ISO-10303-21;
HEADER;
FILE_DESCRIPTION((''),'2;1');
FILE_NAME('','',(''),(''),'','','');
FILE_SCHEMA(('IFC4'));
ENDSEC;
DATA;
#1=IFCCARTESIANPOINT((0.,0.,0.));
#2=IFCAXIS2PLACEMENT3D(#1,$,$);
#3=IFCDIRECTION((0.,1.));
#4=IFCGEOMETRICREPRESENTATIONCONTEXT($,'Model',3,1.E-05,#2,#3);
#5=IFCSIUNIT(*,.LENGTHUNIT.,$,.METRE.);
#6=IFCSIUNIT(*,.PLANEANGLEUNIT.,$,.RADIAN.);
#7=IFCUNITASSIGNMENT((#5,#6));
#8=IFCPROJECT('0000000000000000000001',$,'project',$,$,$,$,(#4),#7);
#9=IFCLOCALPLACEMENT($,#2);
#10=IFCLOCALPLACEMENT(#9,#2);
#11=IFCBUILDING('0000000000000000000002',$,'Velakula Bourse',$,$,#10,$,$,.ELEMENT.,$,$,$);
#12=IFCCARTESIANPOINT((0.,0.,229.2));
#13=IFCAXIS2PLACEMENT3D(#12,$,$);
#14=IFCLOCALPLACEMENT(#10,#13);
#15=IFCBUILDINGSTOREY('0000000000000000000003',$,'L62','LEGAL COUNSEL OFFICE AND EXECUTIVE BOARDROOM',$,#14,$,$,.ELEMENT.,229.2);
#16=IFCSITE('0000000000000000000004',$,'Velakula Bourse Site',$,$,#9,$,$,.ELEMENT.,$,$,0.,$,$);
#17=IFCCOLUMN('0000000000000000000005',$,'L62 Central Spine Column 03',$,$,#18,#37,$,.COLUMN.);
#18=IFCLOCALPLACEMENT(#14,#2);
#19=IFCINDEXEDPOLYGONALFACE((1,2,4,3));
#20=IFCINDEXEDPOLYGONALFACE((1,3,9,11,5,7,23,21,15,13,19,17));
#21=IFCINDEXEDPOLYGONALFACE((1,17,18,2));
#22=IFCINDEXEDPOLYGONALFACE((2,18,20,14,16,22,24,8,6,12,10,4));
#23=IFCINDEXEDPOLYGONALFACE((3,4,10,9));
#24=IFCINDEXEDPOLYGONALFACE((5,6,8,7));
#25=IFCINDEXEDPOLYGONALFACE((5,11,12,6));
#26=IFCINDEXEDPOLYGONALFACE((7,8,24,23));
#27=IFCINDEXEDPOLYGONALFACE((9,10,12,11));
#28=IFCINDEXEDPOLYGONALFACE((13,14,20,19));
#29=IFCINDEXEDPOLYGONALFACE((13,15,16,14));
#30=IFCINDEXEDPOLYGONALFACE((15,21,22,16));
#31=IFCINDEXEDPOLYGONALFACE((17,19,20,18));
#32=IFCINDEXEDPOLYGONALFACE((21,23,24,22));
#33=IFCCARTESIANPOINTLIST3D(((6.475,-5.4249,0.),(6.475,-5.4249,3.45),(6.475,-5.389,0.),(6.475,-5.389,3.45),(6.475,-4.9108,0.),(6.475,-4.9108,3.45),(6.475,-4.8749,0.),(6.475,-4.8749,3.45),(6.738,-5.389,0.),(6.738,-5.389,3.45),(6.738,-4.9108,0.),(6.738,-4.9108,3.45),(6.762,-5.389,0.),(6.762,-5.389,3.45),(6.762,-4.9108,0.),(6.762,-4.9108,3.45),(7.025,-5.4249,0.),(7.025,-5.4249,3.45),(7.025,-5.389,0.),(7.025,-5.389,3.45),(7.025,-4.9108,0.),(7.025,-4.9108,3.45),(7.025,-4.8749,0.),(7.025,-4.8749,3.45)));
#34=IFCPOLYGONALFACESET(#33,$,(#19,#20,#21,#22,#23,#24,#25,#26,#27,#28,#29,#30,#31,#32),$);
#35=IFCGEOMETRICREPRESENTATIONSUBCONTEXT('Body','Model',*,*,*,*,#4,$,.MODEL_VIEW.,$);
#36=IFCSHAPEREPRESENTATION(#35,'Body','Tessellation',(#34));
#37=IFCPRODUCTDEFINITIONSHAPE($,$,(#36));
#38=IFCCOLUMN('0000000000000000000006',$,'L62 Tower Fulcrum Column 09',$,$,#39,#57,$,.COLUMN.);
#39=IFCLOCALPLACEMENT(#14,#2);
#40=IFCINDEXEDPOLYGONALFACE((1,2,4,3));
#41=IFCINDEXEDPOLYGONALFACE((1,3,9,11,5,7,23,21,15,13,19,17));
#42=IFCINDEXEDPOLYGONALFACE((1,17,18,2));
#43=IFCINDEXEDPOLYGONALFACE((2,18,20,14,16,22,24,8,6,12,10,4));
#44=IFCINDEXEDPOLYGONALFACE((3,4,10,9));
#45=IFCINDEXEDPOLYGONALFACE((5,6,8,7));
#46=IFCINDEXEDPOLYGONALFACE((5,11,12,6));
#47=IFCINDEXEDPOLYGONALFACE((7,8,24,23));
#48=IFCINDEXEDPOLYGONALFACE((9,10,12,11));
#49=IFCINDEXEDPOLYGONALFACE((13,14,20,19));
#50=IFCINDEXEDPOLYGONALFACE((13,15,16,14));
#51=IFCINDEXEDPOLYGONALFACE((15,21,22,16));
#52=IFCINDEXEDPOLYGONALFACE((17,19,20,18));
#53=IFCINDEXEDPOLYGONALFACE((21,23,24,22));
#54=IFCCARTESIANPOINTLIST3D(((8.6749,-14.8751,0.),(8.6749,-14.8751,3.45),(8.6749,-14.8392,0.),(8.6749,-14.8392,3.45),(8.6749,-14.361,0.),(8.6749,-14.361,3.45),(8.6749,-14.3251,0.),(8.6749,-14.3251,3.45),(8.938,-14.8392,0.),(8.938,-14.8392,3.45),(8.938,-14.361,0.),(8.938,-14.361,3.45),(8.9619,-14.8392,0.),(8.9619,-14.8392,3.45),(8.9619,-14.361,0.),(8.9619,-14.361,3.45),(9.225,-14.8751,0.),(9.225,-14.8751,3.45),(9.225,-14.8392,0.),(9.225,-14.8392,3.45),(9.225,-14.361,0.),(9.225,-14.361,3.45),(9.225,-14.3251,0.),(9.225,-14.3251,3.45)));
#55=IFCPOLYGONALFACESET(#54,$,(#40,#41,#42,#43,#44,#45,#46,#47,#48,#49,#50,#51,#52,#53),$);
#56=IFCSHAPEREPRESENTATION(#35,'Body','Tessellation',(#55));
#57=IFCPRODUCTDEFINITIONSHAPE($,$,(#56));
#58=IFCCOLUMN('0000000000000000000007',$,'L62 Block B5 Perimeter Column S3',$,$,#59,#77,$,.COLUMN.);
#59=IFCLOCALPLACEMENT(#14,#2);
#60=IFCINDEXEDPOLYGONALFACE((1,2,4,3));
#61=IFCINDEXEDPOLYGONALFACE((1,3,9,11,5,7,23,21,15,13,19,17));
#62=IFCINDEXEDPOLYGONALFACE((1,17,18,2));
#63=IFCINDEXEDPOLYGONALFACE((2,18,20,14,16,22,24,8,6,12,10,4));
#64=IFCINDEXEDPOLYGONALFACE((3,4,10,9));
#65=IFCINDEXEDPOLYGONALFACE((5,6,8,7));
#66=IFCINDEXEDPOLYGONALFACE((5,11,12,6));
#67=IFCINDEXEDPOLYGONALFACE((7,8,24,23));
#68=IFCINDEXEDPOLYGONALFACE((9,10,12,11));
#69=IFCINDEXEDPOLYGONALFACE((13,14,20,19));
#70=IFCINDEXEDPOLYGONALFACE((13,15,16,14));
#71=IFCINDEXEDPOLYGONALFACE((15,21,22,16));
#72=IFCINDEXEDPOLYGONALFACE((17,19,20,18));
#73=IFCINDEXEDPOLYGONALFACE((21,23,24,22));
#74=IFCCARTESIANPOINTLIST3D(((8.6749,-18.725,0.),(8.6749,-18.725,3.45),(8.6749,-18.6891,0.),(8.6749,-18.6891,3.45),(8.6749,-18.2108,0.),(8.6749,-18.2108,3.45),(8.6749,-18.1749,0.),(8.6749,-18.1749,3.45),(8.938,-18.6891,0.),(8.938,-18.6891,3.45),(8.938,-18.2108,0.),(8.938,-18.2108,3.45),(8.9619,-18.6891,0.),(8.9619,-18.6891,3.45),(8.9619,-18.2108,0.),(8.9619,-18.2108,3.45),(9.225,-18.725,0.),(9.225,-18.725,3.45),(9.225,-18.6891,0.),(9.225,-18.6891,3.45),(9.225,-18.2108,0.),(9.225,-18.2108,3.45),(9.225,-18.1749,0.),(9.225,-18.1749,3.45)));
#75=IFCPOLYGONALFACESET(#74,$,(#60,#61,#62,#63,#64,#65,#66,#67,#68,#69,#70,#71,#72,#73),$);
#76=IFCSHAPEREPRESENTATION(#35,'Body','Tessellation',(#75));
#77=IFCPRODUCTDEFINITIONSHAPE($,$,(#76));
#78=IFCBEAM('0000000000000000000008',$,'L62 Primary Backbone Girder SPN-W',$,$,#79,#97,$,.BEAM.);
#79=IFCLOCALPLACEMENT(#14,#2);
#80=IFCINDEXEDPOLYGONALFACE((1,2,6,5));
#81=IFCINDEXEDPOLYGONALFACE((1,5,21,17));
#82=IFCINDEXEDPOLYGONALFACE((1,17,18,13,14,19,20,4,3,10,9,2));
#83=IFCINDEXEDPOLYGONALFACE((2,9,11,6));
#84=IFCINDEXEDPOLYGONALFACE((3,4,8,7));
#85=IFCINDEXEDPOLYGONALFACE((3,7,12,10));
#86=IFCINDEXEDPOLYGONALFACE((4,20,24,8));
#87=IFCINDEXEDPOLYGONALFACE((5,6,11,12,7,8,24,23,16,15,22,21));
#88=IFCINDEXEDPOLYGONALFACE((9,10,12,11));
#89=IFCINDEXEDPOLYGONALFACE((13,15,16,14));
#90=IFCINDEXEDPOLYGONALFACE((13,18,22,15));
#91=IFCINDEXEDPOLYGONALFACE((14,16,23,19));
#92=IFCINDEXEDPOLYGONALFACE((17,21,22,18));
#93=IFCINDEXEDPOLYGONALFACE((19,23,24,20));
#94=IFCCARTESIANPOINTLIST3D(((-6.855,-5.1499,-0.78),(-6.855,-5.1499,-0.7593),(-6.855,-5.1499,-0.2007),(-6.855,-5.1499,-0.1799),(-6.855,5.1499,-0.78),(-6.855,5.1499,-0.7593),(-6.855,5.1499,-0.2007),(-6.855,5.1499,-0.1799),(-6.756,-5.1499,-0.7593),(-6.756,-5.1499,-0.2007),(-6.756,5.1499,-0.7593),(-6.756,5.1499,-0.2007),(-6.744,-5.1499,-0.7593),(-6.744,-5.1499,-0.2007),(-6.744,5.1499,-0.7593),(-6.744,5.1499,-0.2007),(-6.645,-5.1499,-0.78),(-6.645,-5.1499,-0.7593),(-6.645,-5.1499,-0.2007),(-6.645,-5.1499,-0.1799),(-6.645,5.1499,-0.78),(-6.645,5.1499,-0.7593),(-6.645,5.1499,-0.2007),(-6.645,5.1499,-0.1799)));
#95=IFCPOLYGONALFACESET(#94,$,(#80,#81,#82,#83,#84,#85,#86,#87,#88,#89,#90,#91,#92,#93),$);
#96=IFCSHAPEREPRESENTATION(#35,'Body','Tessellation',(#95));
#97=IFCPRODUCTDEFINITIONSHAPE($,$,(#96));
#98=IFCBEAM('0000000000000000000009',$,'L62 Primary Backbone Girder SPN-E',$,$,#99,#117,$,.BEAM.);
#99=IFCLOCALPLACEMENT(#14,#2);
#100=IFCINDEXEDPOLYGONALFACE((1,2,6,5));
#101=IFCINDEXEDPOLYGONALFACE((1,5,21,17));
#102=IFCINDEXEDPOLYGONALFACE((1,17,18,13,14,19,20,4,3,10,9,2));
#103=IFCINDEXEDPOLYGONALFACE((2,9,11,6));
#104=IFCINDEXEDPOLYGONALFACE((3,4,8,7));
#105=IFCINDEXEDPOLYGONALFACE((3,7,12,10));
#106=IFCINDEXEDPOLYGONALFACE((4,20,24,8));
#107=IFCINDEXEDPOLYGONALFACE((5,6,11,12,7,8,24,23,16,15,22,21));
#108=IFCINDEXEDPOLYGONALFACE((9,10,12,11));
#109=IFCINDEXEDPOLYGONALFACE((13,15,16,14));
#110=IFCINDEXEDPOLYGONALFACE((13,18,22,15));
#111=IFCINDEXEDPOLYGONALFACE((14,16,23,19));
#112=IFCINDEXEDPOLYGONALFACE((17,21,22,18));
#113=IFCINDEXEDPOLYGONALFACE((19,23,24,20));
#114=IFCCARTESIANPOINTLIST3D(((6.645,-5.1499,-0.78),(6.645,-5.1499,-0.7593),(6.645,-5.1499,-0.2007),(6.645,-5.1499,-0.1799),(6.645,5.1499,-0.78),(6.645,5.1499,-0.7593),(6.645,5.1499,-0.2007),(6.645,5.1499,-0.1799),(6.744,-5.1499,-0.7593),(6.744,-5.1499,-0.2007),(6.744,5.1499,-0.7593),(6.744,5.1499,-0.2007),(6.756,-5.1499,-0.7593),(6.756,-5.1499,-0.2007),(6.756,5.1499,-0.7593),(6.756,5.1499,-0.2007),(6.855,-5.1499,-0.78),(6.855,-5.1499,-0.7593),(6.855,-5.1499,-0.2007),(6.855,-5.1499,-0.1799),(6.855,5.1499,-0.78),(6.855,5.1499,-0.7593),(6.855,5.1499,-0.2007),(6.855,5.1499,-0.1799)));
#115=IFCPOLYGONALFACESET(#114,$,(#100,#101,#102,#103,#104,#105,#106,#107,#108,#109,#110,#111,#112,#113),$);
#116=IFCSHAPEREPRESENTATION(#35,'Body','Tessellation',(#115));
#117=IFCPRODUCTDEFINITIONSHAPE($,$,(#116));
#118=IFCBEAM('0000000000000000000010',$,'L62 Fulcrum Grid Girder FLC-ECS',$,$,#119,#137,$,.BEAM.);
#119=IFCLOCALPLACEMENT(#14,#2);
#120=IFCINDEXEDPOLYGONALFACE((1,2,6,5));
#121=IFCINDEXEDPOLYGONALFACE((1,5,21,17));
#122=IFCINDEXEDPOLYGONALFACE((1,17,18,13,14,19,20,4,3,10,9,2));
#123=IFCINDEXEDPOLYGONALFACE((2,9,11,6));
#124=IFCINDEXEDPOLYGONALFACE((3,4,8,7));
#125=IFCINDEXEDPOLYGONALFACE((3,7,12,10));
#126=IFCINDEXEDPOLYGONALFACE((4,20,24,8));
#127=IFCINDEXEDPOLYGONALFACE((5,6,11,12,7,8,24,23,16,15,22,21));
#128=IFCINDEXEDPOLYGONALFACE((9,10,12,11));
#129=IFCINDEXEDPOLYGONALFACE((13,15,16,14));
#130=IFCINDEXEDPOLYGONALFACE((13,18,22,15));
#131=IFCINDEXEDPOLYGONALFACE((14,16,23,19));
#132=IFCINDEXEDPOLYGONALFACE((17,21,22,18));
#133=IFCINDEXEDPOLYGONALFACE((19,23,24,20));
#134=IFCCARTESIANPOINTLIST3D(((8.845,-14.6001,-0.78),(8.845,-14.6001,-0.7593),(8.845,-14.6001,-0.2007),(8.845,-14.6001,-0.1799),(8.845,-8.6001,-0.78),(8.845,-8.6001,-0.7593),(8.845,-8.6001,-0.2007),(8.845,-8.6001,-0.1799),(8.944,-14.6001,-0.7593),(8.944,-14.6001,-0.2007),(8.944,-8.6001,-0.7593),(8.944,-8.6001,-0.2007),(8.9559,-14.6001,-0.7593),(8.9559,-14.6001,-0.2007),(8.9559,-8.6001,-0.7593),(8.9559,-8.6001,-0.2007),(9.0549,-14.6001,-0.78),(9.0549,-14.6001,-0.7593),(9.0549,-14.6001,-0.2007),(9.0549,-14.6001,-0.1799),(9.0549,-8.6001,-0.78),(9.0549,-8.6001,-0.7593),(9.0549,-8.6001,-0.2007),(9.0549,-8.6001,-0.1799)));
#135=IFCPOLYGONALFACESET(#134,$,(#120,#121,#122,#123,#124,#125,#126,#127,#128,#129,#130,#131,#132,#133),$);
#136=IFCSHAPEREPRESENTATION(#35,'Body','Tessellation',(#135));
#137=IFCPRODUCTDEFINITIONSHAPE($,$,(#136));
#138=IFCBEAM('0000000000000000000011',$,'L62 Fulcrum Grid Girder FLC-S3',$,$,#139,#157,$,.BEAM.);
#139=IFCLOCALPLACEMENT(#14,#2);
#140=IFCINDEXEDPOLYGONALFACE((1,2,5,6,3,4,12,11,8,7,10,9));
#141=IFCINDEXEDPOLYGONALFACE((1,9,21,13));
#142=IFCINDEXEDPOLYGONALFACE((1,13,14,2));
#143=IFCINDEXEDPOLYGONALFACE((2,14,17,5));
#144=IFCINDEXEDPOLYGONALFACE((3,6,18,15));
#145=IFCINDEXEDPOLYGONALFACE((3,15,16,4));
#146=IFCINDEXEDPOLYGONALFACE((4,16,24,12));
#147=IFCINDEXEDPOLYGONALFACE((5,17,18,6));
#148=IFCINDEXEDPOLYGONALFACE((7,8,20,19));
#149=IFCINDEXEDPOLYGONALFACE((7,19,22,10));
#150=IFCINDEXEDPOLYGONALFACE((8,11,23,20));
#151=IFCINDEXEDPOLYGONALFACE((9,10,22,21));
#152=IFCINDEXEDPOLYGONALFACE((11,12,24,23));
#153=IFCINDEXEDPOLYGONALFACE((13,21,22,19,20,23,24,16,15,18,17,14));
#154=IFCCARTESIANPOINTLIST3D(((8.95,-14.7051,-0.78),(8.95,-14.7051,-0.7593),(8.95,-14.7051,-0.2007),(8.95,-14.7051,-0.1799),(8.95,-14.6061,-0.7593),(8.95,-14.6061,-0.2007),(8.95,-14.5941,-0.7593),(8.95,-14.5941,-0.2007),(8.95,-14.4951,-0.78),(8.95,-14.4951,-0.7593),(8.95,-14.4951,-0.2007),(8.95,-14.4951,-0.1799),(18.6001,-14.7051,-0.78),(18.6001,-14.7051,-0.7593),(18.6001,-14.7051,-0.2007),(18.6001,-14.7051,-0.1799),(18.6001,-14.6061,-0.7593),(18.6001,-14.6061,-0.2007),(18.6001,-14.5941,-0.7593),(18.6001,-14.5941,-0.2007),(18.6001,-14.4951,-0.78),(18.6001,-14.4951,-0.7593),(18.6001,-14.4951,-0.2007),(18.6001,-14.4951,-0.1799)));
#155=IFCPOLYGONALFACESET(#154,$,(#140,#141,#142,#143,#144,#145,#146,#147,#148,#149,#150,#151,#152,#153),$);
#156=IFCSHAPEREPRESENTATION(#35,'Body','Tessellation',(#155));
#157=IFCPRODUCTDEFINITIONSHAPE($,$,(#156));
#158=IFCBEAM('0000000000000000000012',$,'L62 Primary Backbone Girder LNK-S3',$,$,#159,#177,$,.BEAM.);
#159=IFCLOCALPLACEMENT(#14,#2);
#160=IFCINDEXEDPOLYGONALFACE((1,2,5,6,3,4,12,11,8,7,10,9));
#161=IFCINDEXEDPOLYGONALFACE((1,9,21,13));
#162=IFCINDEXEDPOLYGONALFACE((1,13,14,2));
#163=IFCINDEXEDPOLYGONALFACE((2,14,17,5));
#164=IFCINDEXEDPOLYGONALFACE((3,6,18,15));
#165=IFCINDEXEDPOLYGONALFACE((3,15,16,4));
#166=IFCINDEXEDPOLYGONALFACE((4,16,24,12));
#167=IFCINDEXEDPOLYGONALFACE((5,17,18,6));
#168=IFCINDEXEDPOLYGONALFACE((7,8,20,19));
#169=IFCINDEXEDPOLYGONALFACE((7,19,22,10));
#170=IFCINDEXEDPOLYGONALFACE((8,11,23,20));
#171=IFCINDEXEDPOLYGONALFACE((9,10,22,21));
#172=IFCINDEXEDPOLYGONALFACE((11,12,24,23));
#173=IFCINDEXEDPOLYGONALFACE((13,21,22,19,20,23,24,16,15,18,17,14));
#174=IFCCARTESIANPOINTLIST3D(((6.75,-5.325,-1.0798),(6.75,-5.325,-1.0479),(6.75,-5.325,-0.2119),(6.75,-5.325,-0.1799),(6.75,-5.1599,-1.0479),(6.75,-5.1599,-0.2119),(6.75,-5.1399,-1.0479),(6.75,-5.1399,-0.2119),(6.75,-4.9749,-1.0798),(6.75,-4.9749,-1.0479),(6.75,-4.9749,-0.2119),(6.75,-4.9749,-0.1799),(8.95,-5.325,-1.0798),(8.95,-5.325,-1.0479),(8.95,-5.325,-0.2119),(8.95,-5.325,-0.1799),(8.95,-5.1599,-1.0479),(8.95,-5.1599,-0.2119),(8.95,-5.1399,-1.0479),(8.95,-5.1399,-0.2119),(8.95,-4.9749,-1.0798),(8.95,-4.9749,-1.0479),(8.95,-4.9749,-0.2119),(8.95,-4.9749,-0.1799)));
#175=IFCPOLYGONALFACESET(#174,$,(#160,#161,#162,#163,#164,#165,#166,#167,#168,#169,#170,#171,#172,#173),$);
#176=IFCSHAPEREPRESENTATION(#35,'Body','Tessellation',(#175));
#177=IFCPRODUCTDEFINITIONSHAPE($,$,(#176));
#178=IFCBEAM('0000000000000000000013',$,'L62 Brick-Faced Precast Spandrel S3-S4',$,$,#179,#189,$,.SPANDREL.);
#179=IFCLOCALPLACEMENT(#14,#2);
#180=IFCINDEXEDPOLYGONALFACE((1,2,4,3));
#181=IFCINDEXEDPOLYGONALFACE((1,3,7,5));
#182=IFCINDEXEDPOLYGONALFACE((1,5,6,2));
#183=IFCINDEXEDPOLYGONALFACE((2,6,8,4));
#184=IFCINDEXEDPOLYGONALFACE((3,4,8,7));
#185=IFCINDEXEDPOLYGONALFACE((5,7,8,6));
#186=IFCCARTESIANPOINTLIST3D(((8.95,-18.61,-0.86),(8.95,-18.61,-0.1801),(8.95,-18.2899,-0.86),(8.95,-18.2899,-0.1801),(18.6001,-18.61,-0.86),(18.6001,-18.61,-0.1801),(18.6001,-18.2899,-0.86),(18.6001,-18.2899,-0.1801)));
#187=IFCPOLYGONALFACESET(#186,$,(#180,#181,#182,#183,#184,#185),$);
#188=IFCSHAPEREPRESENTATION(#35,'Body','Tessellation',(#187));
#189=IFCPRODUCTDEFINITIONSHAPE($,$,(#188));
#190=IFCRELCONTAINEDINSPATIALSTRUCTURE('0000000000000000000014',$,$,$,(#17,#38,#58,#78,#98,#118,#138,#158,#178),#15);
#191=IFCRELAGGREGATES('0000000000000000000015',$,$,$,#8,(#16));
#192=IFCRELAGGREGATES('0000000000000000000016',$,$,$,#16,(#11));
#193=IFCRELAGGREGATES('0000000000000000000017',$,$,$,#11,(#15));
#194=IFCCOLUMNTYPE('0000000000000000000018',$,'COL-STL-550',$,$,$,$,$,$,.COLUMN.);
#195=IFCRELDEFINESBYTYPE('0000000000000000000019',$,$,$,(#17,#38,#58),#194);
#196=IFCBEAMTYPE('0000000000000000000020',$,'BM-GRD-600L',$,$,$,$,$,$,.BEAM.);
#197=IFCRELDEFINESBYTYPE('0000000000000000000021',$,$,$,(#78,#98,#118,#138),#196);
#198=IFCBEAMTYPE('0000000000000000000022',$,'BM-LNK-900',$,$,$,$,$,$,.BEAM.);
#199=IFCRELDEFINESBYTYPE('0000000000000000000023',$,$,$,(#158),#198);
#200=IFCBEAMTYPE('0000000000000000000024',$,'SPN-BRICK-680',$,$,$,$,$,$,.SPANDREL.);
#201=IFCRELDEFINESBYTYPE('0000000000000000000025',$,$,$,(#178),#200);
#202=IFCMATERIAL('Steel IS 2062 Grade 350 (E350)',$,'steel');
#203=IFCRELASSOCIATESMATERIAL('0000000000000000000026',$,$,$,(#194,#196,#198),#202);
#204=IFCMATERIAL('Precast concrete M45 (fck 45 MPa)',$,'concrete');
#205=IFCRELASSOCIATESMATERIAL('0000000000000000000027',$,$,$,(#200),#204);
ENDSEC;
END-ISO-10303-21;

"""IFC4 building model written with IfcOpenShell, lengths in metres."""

from ifc_helpers import new_model, si_unit, direction, frame, origin, origin_2d, place, context, subcontext, project, spatial, rectangle, i_section, extrude, material, material_profile, profile_set, type_object, element, save


model = new_model("IFC4")

# Units and contexts
model_context = context("Model", 3, precision=1e-05, world=origin(), true_north=direction((0.0, 1.0)))
body_context = subcontext(model_context, "Body", "Model", "MODEL_VIEW")
ifc_project = project(units=[si_unit("LENGTHUNIT", "METRE"), si_unit("PLANEANGLEUNIT", "RADIAN")], contexts=[model_context])

# Site, building, storey
site_placement = place(None, origin())
site = spatial("IfcSite", under=ifc_project, at=site_placement, Name="Velakula Bourse Site", CompositionType="ELEMENT", RefElevation=0.0)
building_placement = place(site_placement, origin())
building = spatial("IfcBuilding", under=site, at=building_placement, Name="Velakula Bourse", CompositionType="ELEMENT")
storey_placement = place(building_placement, frame((0.0, 0.0, 229.2)))
storey = spatial("IfcBuildingStorey", under=building, at=storey_placement, Name="L62", Description="LEGAL COUNSEL OFFICE AND EXECUTIVE BOARDROOM", CompositionType="ELEMENT", Elevation=229.2)

# Columns
ifc_material_1 = material(Name="Steel IS 2062 Grade 350 (E350)", Category="steel")
ifc_material_profile_1 = material_profile(ifc_material_1, i_section(OverallWidth=0.55, OverallDepth=0.55, WebThickness=0.0239, FlangeThickness=0.0359, at=origin_2d()), Name="Steel IS 2062 Grade 350 (E350)")
ifc_profile_set_1 = profile_set([ifc_material_profile_1], Name="Steel IS 2062 Grade 350 (E350)")
column_type = type_object("IfcColumnType", Name="COL-STL-550", PredefinedType="COLUMN", material=ifc_profile_set_1)
for number, where, z_axis, x_axis, name in (
    (1, (6.75, -5.1499, 0.0), (0.0, 0.0, 1.0), (1.0, 0.0, 0.0), "L62 Central Spine Column 03"),
    (2, (8.95, -14.6001, 0.0), (0.0, 0.0, 1.0), (1.0, 0.0, 0.0), "L62 Tower Fulcrum Column 09"),
    (3, (8.95, -18.45, 0.0), (0.0, 0.0, 1.0), (1.0, 0.0, 0.0), "L62 Block B5 Perimeter Column S3"),
):
    element("IfcColumn", number, at=place(storey_placement, frame(where, z_axis=z_axis, x_axis=x_axis)), inside=storey, type_object=column_type, Name=name, PredefinedType="COLUMN", context=body_context, shape_type="SweptSolid", body=[
        extrude(i_section(OverallWidth=0.55, OverallDepth=0.55, WebThickness=0.0239, FlangeThickness=0.0359, at=origin_2d()), origin(), (0.0, 0.0, 1.0), 3.45),
    ])

# Beams
ifc_material_profile_2 = material_profile(ifc_material_1, i_section(OverallWidth=0.21, OverallDepth=0.6001, WebThickness=0.012, FlangeThickness=0.0208, at=origin_2d()), Name="Steel IS 2062 Grade 350 (E350)")
ifc_profile_set_2 = profile_set([ifc_material_profile_2], Name="Steel IS 2062 Grade 350 (E350)")
beam_type_1 = type_object("IfcBeamType", Name="BM-GRD-600L", PredefinedType="BEAM", material=ifc_profile_set_2)
for number, where, z_axis, x_axis, name in (
    (4, (-6.75, -5.1499, -0.48), (0.0, 1.0, 0.0), (-1.0, 0.0, 0.0), "L62 Primary Backbone Girder SPN-W"),
    (5, (6.75, -5.1499, -0.48), (0.0, 1.0, 0.0), (-1.0, 0.0, 0.0), "L62 Primary Backbone Girder SPN-E"),
):
    element("IfcBeam", number, at=place(storey_placement, frame(where, z_axis=z_axis, x_axis=x_axis)), inside=storey, type_object=beam_type_1, Name=name, PredefinedType="BEAM", context=body_context, shape_type="SweptSolid", body=[
        extrude(i_section(OverallWidth=0.21, OverallDepth=0.6001, WebThickness=0.012, FlangeThickness=0.0208, at=origin_2d()), origin(), (0.0, 0.0, 1.0), 10.2998),
    ])
beam_1_placement = place(storey_placement, frame((8.95, -14.6001, -0.48), z_axis=(0.0, 1.0, 0.0), x_axis=(-1.0, 0.0, 0.0)))
element("IfcBeam", 6, at=beam_1_placement, inside=storey, type_object=beam_type_1, Name="L62 Fulcrum Grid Girder FLC-ECS", PredefinedType="BEAM", context=body_context, shape_type="SweptSolid", body=[
    extrude(i_section(OverallWidth=0.21, OverallDepth=0.6001, WebThickness=0.012, FlangeThickness=0.0208, at=origin_2d()), origin(), (0.0, 0.0, 1.0), 6.0),
])
beam_2_placement = place(storey_placement, frame((8.95, -14.6001, -0.48), z_axis=(1.0, 0.0, 0.0), x_axis=(0.0, 1.0, 0.0)))
element("IfcBeam", 7, at=beam_2_placement, inside=storey, type_object=beam_type_1, Name="L62 Fulcrum Grid Girder FLC-S3", PredefinedType="BEAM", context=body_context, shape_type="SweptSolid", body=[
    extrude(i_section(OverallWidth=0.21, OverallDepth=0.6001, WebThickness=0.012, FlangeThickness=0.0208, at=origin_2d()), origin(), (0.0, 0.0, 1.0), 9.6501),
])
ifc_material_profile_3 = material_profile(ifc_material_1, i_section(OverallWidth=0.3501, OverallDepth=0.8999, WebThickness=0.02, FlangeThickness=0.032, at=origin_2d()), Name="Steel IS 2062 Grade 350 (E350)")
ifc_profile_set_3 = profile_set([ifc_material_profile_3], Name="Steel IS 2062 Grade 350 (E350)")
beam_type_2 = type_object("IfcBeamType", Name="BM-LNK-900", PredefinedType="BEAM", material=ifc_profile_set_3)
beam_3_placement = place(storey_placement, frame((6.75, -5.1499, -0.6299), z_axis=(1.0, 0.0, 0.0), x_axis=(0.0, 1.0, 0.0)))
element("IfcBeam", 8, at=beam_3_placement, inside=storey, type_object=beam_type_2, Name="L62 Primary Backbone Girder LNK-S3", PredefinedType="BEAM", context=body_context, shape_type="SweptSolid", body=[
    extrude(i_section(OverallWidth=0.3501, OverallDepth=0.8999, WebThickness=0.02, FlangeThickness=0.032, at=origin_2d()), origin(), (0.0, 0.0, 1.0), 2.2),
])
ifc_material_2 = material(Name="Precast concrete M45 (fck 45 MPa)", Category="concrete")
ifc_material_profile_4 = material_profile(ifc_material_2, rectangle(XDim=0.3201, YDim=0.6799, at=origin_2d()), Name="Precast concrete M45 (fck 45 MPa)")
ifc_profile_set_4 = profile_set([ifc_material_profile_4], Name="Precast concrete M45 (fck 45 MPa)")
beam_type_3 = type_object("IfcBeamType", Name="SPN-BRICK-680", PredefinedType="SPANDREL", material=ifc_profile_set_4)
beam_4_placement = place(storey_placement, frame((8.95, -18.45, -0.52), z_axis=(1.0, 0.0, 0.0), x_axis=(0.0, 1.0, 0.0)))
element("IfcBeam", 9, at=beam_4_placement, inside=storey, type_object=beam_type_3, Name="L62 Brick-Faced Precast Spandrel S3-S4", PredefinedType="SPANDREL", context=body_context, shape_type="SweptSolid", body=[
    extrude(rectangle(XDim=0.3201, YDim=0.6799, at=origin_2d()), origin(), (0.0, 0.0, 1.0), 9.6501),
])

save(model, "model.ifc")
